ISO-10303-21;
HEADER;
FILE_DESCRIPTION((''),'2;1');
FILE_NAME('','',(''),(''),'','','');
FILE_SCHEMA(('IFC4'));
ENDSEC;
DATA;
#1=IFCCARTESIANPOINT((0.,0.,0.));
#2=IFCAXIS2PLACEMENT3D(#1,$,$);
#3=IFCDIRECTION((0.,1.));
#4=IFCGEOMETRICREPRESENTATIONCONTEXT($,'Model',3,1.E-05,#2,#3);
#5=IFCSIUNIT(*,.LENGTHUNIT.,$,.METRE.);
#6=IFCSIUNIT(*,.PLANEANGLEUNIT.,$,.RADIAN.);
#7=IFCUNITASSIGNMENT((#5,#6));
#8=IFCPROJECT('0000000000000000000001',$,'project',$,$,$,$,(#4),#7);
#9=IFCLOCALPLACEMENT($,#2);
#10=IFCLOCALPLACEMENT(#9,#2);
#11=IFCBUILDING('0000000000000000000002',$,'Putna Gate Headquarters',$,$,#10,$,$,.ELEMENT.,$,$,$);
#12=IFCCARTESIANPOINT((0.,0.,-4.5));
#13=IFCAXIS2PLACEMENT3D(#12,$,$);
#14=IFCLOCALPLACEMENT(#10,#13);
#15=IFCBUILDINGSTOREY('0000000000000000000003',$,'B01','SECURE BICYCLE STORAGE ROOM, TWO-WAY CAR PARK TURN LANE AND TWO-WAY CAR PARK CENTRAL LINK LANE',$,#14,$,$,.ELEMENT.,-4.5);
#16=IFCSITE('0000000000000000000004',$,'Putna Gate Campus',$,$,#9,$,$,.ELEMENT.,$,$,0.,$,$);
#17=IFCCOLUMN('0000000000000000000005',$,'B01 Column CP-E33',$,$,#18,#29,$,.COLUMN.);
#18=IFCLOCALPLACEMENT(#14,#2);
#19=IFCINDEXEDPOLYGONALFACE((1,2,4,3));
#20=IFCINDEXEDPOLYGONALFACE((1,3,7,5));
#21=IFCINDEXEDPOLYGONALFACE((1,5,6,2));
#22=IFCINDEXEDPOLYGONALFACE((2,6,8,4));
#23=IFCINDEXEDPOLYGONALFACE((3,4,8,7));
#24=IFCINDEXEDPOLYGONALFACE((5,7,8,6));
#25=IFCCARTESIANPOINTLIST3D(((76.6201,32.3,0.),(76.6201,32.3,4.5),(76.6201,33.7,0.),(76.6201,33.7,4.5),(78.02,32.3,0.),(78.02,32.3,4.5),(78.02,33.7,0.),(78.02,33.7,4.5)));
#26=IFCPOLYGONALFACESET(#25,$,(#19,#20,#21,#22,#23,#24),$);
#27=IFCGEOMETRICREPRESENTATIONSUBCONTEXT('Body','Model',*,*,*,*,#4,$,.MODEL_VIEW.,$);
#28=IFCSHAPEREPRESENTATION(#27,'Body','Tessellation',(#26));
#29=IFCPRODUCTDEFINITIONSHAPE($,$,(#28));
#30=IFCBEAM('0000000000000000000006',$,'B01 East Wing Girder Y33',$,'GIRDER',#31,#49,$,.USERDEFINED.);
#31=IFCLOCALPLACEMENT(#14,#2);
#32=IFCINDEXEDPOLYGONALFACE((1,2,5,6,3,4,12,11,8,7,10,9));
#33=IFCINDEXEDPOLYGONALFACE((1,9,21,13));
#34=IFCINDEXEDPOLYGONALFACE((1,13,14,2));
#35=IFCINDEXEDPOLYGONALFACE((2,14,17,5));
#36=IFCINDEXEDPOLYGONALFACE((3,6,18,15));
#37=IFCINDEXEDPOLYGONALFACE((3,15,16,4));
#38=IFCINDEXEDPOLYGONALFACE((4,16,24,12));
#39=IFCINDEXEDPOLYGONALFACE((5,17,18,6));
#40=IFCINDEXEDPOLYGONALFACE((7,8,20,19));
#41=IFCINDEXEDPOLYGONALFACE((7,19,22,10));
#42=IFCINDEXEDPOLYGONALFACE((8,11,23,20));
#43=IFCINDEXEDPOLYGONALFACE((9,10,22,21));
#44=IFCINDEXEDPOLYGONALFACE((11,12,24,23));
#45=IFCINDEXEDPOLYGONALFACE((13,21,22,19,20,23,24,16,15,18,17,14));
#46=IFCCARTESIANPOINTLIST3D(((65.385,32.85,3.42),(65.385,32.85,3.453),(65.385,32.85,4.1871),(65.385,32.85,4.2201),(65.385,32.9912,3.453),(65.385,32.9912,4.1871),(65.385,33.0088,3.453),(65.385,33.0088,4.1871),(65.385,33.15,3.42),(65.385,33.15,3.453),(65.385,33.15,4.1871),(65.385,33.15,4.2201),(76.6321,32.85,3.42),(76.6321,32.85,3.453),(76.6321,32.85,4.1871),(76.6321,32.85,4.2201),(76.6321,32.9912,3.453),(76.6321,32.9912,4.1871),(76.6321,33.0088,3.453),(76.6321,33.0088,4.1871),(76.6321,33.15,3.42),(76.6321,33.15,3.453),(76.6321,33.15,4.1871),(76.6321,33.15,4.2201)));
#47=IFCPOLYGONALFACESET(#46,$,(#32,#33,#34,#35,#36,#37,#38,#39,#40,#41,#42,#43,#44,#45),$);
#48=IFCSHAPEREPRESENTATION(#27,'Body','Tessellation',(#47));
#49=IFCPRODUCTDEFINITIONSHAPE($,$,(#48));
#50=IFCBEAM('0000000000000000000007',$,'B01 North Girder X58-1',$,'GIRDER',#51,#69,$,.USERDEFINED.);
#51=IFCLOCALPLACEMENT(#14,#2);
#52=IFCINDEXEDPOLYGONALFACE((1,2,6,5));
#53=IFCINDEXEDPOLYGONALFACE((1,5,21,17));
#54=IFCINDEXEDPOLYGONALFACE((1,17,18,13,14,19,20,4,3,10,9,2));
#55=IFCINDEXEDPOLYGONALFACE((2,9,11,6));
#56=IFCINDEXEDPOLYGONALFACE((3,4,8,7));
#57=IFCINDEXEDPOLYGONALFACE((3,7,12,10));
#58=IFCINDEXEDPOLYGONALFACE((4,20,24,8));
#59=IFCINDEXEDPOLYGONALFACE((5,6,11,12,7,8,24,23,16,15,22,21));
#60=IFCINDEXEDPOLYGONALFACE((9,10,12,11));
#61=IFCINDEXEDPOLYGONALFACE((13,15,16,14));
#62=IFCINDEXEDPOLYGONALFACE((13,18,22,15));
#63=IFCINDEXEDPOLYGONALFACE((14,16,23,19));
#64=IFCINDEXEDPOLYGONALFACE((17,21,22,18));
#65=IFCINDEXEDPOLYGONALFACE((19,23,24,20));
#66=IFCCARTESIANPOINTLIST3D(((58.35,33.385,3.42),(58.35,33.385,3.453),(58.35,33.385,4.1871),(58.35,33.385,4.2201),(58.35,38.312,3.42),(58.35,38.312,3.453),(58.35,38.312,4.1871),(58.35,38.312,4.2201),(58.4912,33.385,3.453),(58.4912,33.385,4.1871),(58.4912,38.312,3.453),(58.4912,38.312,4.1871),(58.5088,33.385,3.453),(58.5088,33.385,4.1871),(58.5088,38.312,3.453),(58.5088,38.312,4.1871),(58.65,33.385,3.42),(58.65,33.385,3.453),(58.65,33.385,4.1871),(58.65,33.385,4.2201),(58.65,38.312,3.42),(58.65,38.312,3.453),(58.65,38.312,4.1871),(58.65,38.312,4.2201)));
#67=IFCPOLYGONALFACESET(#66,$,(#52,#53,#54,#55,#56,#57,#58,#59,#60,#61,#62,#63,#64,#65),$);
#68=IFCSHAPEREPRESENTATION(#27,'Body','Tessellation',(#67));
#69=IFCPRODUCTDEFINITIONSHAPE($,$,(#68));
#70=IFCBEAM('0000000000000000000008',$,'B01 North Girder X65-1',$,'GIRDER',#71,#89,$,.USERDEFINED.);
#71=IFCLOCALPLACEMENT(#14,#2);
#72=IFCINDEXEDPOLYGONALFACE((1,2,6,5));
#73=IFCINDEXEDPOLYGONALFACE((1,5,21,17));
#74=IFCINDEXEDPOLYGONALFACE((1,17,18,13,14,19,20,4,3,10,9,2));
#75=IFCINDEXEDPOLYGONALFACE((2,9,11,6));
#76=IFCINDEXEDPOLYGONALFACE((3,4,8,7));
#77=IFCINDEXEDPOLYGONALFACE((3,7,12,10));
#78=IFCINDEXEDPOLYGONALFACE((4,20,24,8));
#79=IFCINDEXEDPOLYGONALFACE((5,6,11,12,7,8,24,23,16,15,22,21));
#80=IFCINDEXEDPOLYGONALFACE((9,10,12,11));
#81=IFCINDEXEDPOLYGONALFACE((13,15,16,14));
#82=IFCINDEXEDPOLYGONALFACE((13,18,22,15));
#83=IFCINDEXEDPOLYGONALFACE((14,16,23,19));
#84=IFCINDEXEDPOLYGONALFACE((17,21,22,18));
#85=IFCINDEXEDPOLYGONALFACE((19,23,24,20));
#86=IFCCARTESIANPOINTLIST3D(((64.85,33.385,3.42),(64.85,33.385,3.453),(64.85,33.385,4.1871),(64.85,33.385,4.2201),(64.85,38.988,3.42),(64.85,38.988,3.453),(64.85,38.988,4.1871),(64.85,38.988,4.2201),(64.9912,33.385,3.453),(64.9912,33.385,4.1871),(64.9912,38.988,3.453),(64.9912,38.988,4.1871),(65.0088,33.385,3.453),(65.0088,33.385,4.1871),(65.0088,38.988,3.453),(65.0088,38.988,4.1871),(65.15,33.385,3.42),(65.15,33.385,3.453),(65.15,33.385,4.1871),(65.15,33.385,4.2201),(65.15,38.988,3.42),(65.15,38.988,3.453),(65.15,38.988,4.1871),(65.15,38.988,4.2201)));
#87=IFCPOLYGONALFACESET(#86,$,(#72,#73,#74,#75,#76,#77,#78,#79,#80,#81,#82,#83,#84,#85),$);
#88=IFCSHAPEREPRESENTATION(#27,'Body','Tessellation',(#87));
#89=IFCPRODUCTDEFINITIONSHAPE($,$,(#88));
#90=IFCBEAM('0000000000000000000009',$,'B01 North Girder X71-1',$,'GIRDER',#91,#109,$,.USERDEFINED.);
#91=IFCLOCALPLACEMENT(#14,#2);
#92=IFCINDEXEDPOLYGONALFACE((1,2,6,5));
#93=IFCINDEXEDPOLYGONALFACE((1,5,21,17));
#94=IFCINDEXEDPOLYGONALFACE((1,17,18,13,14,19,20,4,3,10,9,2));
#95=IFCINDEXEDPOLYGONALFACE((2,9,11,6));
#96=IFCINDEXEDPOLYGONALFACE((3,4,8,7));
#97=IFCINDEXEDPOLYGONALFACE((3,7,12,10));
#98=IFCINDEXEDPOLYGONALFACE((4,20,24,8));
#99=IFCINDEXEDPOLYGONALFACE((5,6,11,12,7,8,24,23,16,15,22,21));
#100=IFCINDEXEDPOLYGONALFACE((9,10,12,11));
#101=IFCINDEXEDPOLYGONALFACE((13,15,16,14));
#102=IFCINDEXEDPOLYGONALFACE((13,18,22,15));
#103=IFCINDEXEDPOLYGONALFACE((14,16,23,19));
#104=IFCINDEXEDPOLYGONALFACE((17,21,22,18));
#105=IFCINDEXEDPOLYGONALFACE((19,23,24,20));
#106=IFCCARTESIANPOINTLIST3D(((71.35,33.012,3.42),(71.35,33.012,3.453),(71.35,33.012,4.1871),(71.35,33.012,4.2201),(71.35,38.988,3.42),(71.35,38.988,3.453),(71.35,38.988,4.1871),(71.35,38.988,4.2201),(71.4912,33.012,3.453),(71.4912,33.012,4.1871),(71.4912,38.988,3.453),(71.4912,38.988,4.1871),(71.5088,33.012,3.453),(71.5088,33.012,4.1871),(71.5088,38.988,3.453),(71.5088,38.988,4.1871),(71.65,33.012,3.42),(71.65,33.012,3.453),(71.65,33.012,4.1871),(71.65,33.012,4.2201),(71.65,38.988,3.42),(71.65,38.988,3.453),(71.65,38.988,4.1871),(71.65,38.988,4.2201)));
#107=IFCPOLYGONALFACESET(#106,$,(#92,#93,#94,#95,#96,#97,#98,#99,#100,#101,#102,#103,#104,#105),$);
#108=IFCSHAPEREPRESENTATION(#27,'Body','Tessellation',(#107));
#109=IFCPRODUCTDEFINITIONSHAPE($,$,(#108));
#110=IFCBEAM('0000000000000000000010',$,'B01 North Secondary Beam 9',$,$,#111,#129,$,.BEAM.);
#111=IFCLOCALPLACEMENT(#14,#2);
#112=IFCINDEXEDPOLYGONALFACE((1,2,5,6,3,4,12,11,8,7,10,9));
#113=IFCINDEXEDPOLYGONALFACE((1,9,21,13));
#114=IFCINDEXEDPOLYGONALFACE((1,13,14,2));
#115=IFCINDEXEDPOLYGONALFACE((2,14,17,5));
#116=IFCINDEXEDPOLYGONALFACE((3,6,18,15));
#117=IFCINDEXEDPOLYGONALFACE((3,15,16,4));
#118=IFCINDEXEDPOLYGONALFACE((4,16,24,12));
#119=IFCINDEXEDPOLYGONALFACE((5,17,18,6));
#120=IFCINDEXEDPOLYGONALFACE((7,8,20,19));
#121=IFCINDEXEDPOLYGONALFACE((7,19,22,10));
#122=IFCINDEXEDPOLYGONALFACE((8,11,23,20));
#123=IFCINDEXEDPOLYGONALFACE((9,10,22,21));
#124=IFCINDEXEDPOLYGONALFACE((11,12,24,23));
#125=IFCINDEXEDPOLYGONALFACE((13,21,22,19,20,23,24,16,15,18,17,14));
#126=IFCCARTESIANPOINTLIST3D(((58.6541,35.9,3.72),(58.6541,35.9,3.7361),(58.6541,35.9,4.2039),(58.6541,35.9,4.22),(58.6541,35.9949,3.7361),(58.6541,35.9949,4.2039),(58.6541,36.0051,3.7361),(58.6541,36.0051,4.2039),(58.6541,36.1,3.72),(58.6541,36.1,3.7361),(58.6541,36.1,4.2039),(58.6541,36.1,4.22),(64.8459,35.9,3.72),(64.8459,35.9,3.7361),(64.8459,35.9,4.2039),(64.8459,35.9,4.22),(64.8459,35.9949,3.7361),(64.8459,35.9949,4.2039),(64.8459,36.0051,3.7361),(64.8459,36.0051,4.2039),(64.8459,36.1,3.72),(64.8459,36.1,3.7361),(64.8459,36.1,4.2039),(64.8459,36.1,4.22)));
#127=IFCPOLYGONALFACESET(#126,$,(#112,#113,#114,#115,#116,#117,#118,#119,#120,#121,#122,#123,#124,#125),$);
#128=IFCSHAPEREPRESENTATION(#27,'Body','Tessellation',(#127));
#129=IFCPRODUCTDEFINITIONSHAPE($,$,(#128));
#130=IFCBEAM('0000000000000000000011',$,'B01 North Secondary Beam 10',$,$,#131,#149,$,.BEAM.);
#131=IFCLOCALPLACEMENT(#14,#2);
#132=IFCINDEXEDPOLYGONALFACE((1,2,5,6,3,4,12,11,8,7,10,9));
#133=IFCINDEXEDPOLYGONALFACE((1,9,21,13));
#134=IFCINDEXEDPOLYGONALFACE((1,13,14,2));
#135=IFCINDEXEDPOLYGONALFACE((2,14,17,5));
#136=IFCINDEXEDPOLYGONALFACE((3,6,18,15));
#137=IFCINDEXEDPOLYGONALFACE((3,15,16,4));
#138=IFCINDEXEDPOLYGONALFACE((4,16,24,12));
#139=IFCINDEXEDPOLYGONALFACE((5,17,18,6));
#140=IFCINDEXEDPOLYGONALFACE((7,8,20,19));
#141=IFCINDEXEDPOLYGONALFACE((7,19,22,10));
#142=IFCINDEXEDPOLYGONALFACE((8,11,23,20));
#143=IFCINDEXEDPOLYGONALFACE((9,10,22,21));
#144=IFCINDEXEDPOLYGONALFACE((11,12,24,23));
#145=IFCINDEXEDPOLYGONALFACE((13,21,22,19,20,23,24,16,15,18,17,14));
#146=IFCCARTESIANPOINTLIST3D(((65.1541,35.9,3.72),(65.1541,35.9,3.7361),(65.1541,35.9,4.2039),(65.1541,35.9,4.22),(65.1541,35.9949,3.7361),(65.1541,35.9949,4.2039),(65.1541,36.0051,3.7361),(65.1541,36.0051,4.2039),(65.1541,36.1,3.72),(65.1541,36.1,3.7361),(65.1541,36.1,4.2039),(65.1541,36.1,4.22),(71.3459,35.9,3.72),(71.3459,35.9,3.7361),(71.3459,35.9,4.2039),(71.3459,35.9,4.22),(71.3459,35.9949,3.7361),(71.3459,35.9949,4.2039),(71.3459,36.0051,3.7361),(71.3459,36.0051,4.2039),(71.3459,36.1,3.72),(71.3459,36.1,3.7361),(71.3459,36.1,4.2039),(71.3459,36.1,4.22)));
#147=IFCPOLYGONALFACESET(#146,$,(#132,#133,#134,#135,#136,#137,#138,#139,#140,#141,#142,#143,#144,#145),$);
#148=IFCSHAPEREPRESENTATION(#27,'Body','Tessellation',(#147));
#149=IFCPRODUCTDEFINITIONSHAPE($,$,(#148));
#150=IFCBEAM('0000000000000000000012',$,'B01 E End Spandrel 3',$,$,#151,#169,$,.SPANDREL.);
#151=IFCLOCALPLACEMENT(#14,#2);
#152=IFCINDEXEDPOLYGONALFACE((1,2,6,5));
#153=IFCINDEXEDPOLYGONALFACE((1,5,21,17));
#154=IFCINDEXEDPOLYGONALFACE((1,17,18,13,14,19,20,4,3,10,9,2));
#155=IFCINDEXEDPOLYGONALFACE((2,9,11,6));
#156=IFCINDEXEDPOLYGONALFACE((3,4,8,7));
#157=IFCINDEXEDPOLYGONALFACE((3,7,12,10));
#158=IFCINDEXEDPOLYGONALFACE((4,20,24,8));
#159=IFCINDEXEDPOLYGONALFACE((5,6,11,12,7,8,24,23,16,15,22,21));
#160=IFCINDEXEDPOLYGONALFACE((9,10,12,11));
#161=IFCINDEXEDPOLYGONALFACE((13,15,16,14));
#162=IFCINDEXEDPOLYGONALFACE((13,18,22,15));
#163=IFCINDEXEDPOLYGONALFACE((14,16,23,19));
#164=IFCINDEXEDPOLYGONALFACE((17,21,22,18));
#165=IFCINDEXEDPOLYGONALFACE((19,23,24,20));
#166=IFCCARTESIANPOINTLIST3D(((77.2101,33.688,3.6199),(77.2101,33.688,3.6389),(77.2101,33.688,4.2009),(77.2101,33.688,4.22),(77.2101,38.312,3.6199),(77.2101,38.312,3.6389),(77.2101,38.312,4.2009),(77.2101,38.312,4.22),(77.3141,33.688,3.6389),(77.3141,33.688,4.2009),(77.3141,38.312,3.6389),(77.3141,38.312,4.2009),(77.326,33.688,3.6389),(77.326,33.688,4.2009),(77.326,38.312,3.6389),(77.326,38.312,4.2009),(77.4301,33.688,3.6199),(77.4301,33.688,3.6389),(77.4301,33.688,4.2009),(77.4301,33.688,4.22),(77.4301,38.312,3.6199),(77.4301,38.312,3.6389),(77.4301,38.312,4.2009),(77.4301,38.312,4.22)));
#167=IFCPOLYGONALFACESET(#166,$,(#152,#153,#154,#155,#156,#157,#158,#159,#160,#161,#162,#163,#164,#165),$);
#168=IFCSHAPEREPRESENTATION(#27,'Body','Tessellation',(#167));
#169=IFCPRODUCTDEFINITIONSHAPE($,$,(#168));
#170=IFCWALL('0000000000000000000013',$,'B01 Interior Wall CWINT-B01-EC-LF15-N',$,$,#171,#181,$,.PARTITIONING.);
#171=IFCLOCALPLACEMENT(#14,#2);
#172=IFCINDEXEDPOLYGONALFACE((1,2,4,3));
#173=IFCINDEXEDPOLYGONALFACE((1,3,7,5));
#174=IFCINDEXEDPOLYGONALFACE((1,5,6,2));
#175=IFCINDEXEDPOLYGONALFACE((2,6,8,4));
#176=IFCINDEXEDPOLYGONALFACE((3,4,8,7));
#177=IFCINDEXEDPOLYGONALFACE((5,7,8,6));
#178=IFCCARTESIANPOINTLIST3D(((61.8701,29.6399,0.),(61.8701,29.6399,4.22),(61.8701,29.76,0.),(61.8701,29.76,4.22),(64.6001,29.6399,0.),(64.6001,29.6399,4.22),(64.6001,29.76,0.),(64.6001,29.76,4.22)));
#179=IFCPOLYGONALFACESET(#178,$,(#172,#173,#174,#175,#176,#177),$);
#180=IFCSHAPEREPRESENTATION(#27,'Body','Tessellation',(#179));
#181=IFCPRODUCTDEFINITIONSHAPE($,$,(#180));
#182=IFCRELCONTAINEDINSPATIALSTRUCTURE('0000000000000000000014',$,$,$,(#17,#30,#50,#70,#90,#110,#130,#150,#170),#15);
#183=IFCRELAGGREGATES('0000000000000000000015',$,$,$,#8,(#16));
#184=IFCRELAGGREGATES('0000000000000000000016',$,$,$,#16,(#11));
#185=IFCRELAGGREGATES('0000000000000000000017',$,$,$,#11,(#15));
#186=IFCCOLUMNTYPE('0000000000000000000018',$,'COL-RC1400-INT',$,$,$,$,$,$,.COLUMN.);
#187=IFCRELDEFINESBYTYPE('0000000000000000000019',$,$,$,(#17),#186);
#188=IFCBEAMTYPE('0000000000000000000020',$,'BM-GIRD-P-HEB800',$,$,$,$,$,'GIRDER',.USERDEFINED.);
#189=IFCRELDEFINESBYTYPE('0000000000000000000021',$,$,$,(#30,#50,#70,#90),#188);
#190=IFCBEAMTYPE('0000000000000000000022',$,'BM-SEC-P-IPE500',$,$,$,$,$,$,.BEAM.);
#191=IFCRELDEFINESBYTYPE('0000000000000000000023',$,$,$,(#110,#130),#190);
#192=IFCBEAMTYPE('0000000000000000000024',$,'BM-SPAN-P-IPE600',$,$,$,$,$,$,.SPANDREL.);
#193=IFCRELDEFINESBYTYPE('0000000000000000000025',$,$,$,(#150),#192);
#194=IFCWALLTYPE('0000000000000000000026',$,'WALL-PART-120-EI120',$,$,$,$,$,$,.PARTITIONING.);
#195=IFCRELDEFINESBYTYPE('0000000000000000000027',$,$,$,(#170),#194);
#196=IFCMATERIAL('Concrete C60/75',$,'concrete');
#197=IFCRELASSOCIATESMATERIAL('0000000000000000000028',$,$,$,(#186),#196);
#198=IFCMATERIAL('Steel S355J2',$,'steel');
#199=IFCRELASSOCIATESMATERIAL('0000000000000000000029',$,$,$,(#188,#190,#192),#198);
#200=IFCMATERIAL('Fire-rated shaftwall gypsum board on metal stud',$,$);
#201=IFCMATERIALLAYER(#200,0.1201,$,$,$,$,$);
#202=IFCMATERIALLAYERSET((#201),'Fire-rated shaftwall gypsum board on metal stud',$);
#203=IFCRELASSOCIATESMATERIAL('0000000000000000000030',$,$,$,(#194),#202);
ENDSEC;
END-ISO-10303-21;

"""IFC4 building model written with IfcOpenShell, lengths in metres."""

from ifc_helpers import new_model, si_unit, direction, frame, frame_2d, origin, origin_2d, place, context, subcontext, project, spatial, rectangle, i_section, extrude, material, layer, layer_set, material_profile, profile_set, type_object, element, save


model = new_model("IFC4")

# Units and contexts
model_context = context("Model", 3, precision=1e-05, world=origin(), true_north=direction((0.0, 1.0)))
body_context = subcontext(model_context, "Body", "Model", "MODEL_VIEW")
ifc_project = project(units=[si_unit("LENGTHUNIT", "METRE"), si_unit("PLANEANGLEUNIT", "RADIAN")], contexts=[model_context])

# Site, building, storey
site_placement = place(None, origin())
site = spatial("IfcSite", under=ifc_project, at=site_placement, Name="Putna Gate Campus", CompositionType="ELEMENT", RefElevation=0.0)
building_placement = place(site_placement, origin())
building = spatial("IfcBuilding", under=site, at=building_placement, Name="Putna Gate Headquarters", CompositionType="ELEMENT")
storey_placement = place(building_placement, frame((0.0, 0.0, -4.5)))
storey = spatial("IfcBuildingStorey", under=building, at=storey_placement, Name="B01", Description="SECURE BICYCLE STORAGE ROOM, TWO-WAY CAR PARK TURN LANE AND TWO-WAY CAR PARK CENTRAL LINK LANE", CompositionType="ELEMENT", Elevation=-4.5)

# Column
ifc_material_1 = material(Name="Concrete C60/75", Category="concrete")
ifc_material_profile_1 = material_profile(ifc_material_1, rectangle(XDim=1.3999, YDim=1.3999, at=origin_2d()), Name="Concrete C60/75")
ifc_profile_set_1 = profile_set([ifc_material_profile_1], Name="Concrete C60/75")
column_type = type_object("IfcColumnType", Name="COL-RC1400-INT", PredefinedType="COLUMN", material=ifc_profile_set_1)
column_placement = place(storey_placement, frame((77.3201, 33.0, 0.0), z_axis=(0.0, 0.0, 1.0), x_axis=(1.0, 0.0, 0.0)))
element("IfcColumn", 1, at=column_placement, inside=storey, type_object=column_type, Name="B01 Column CP-E33", PredefinedType="COLUMN", context=body_context, shape_type="SweptSolid", body=[
    extrude(rectangle(XDim=1.3999, YDim=1.3999, at=origin_2d()), origin(), (0.0, 0.0, 1.0), 4.5),
])

# Beams
ifc_material_2 = material(Name="Steel S355J2", Category="steel")
ifc_material_profile_2 = material_profile(ifc_material_2, i_section(OverallWidth=0.3, OverallDepth=0.8, WebThickness=0.0176, FlangeThickness=0.033, at=origin_2d()), Name="Steel S355J2")
ifc_profile_set_2 = profile_set([ifc_material_profile_2], Name="Steel S355J2")
beam_type_1 = type_object("IfcBeamType", Name="BM-GIRD-P-HEB800", ElementType="GIRDER", PredefinedType="USERDEFINED", material=ifc_profile_set_2)
beam_1_placement = place(storey_placement, frame((65.385, 33.0, 3.8201), z_axis=(1.0, 0.0, 0.0), x_axis=(0.0, 1.0, 0.0)))
element("IfcBeam", 2, at=beam_1_placement, inside=storey, type_object=beam_type_1, Name="B01 East Wing Girder Y33", ObjectType="GIRDER", PredefinedType="USERDEFINED", context=body_context, shape_type="SweptSolid", body=[
    extrude(i_section(OverallWidth=0.3, OverallDepth=0.8, WebThickness=0.0176, FlangeThickness=0.033, at=origin_2d()), origin(), (0.0, 0.0, 1.0), 11.2471),
])
beam_2_placement = place(storey_placement, frame((58.5, 33.385, 3.8201), z_axis=(0.0, 1.0, 0.0), x_axis=(-1.0, 0.0, 0.0)))
element("IfcBeam", 3, at=beam_2_placement, inside=storey, type_object=beam_type_1, Name="B01 North Girder X58-1", ObjectType="GIRDER", PredefinedType="USERDEFINED", context=body_context, shape_type="SweptSolid", body=[
    extrude(i_section(OverallWidth=0.3, OverallDepth=0.8, WebThickness=0.0176, FlangeThickness=0.033, at=origin_2d()), origin(), (0.0, 0.0, 1.0), 4.927),
])
beam_3_placement = place(storey_placement, frame((65.0, 33.385, 3.8201), z_axis=(0.0, 1.0, 0.0), x_axis=(-1.0, 0.0, 0.0)))
element("IfcBeam", 4, at=beam_3_placement, inside=storey, type_object=beam_type_1, Name="B01 North Girder X65-1", ObjectType="GIRDER", PredefinedType="USERDEFINED", context=body_context, shape_type="SweptSolid", body=[
    extrude(i_section(OverallWidth=0.3, OverallDepth=0.8, WebThickness=0.0176, FlangeThickness=0.033, at=origin_2d()), origin(), (0.0, 0.0, 1.0), 5.603),
])
beam_4_placement = place(storey_placement, frame((71.5, 33.012, 3.8201), z_axis=(0.0, 1.0, 0.0), x_axis=(-1.0, 0.0, 0.0)))
element("IfcBeam", 5, at=beam_4_placement, inside=storey, type_object=beam_type_1, Name="B01 North Girder X71-1", ObjectType="GIRDER", PredefinedType="USERDEFINED", context=body_context, shape_type="SweptSolid", body=[
    extrude(i_section(OverallWidth=0.3, OverallDepth=0.8, WebThickness=0.0176, FlangeThickness=0.033, at=origin_2d()), origin(), (0.0, 0.0, 1.0), 5.9761),
])
ifc_material_profile_3 = material_profile(ifc_material_2, i_section(OverallWidth=0.2, OverallDepth=0.5, WebThickness=0.0103, FlangeThickness=0.0161, at=origin_2d()), Name="Steel S355J2")
ifc_profile_set_3 = profile_set([ifc_material_profile_3], Name="Steel S355J2")
beam_type_2 = type_object("IfcBeamType", Name="BM-SEC-P-IPE500", PredefinedType="BEAM", material=ifc_profile_set_3)
for number, where, z_axis, x_axis, name in (
    (6, (58.6541, 36.0, 3.97), (1.0, 0.0, 0.0), (0.0, 1.0, 0.0), "B01 North Secondary Beam 9"),
    (7, (65.1541, 36.0, 3.97), (1.0, 0.0, 0.0), (0.0, 1.0, 0.0), "B01 North Secondary Beam 10"),
):
    element("IfcBeam", number, at=place(storey_placement, frame(where, z_axis=z_axis, x_axis=x_axis)), inside=storey, type_object=beam_type_2, Name=name, PredefinedType="BEAM", context=body_context, shape_type="SweptSolid", body=[
        extrude(i_section(OverallWidth=0.2, OverallDepth=0.5, WebThickness=0.0103, FlangeThickness=0.0161, at=origin_2d()), origin(), (0.0, 0.0, 1.0), 6.1919),
    ])
ifc_material_profile_4 = material_profile(ifc_material_2, i_section(OverallWidth=0.22, OverallDepth=0.6001, WebThickness=0.012, FlangeThickness=0.019, at=origin_2d()), Name="Steel S355J2")
ifc_profile_set_4 = profile_set([ifc_material_profile_4], Name="Steel S355J2")
beam_type_3 = type_object("IfcBeamType", Name="BM-SPAN-P-IPE600", PredefinedType="SPANDREL", material=ifc_profile_set_4)
beam_5_placement = place(storey_placement, frame((77.3201, 33.688, 3.9199), z_axis=(0.0, 1.0, 0.0), x_axis=(-1.0, 0.0, 0.0)))
element("IfcBeam", 8, at=beam_5_placement, inside=storey, type_object=beam_type_3, Name="B01 E End Spandrel 3", PredefinedType="SPANDREL", context=body_context, shape_type="SweptSolid", body=[
    extrude(i_section(OverallWidth=0.22, OverallDepth=0.6001, WebThickness=0.012, FlangeThickness=0.019, at=origin_2d()), origin(), (0.0, 0.0, 1.0), 4.624),
])

# Wall
ifc_material_3 = material(Name="Fire-rated shaftwall gypsum board on metal stud")
ifc_layer_1 = layer(ifc_material_3, 0.1201)
ifc_layer_set_1 = layer_set([ifc_layer_1], Name="Fire-rated shaftwall gypsum board on metal stud")
wall_type_1 = type_object("IfcWallType", Name="WALL-PART-120-EI120", PredefinedType="PARTITIONING", material=ifc_layer_set_1)
wall_1_placement = place(storey_placement, frame((61.8701, 29.7, 0.0), z_axis=(0.0, 0.0, 1.0), x_axis=(1.0, 0.0, 0.0)))
element("IfcWall", 9, at=wall_1_placement, inside=storey, type_object=wall_type_1, Name="B01 Interior Wall CWINT-B01-EC-LF15-N", PredefinedType="PARTITIONING", context=body_context, shape_type="SweptSolid", body=[
    extrude(rectangle(XDim=2.73, YDim=0.1201, at=frame_2d((1.365, 0.0))), origin(), (0.0, 0.0, 1.0), 4.22),
])

save(model, "model.ifc")
